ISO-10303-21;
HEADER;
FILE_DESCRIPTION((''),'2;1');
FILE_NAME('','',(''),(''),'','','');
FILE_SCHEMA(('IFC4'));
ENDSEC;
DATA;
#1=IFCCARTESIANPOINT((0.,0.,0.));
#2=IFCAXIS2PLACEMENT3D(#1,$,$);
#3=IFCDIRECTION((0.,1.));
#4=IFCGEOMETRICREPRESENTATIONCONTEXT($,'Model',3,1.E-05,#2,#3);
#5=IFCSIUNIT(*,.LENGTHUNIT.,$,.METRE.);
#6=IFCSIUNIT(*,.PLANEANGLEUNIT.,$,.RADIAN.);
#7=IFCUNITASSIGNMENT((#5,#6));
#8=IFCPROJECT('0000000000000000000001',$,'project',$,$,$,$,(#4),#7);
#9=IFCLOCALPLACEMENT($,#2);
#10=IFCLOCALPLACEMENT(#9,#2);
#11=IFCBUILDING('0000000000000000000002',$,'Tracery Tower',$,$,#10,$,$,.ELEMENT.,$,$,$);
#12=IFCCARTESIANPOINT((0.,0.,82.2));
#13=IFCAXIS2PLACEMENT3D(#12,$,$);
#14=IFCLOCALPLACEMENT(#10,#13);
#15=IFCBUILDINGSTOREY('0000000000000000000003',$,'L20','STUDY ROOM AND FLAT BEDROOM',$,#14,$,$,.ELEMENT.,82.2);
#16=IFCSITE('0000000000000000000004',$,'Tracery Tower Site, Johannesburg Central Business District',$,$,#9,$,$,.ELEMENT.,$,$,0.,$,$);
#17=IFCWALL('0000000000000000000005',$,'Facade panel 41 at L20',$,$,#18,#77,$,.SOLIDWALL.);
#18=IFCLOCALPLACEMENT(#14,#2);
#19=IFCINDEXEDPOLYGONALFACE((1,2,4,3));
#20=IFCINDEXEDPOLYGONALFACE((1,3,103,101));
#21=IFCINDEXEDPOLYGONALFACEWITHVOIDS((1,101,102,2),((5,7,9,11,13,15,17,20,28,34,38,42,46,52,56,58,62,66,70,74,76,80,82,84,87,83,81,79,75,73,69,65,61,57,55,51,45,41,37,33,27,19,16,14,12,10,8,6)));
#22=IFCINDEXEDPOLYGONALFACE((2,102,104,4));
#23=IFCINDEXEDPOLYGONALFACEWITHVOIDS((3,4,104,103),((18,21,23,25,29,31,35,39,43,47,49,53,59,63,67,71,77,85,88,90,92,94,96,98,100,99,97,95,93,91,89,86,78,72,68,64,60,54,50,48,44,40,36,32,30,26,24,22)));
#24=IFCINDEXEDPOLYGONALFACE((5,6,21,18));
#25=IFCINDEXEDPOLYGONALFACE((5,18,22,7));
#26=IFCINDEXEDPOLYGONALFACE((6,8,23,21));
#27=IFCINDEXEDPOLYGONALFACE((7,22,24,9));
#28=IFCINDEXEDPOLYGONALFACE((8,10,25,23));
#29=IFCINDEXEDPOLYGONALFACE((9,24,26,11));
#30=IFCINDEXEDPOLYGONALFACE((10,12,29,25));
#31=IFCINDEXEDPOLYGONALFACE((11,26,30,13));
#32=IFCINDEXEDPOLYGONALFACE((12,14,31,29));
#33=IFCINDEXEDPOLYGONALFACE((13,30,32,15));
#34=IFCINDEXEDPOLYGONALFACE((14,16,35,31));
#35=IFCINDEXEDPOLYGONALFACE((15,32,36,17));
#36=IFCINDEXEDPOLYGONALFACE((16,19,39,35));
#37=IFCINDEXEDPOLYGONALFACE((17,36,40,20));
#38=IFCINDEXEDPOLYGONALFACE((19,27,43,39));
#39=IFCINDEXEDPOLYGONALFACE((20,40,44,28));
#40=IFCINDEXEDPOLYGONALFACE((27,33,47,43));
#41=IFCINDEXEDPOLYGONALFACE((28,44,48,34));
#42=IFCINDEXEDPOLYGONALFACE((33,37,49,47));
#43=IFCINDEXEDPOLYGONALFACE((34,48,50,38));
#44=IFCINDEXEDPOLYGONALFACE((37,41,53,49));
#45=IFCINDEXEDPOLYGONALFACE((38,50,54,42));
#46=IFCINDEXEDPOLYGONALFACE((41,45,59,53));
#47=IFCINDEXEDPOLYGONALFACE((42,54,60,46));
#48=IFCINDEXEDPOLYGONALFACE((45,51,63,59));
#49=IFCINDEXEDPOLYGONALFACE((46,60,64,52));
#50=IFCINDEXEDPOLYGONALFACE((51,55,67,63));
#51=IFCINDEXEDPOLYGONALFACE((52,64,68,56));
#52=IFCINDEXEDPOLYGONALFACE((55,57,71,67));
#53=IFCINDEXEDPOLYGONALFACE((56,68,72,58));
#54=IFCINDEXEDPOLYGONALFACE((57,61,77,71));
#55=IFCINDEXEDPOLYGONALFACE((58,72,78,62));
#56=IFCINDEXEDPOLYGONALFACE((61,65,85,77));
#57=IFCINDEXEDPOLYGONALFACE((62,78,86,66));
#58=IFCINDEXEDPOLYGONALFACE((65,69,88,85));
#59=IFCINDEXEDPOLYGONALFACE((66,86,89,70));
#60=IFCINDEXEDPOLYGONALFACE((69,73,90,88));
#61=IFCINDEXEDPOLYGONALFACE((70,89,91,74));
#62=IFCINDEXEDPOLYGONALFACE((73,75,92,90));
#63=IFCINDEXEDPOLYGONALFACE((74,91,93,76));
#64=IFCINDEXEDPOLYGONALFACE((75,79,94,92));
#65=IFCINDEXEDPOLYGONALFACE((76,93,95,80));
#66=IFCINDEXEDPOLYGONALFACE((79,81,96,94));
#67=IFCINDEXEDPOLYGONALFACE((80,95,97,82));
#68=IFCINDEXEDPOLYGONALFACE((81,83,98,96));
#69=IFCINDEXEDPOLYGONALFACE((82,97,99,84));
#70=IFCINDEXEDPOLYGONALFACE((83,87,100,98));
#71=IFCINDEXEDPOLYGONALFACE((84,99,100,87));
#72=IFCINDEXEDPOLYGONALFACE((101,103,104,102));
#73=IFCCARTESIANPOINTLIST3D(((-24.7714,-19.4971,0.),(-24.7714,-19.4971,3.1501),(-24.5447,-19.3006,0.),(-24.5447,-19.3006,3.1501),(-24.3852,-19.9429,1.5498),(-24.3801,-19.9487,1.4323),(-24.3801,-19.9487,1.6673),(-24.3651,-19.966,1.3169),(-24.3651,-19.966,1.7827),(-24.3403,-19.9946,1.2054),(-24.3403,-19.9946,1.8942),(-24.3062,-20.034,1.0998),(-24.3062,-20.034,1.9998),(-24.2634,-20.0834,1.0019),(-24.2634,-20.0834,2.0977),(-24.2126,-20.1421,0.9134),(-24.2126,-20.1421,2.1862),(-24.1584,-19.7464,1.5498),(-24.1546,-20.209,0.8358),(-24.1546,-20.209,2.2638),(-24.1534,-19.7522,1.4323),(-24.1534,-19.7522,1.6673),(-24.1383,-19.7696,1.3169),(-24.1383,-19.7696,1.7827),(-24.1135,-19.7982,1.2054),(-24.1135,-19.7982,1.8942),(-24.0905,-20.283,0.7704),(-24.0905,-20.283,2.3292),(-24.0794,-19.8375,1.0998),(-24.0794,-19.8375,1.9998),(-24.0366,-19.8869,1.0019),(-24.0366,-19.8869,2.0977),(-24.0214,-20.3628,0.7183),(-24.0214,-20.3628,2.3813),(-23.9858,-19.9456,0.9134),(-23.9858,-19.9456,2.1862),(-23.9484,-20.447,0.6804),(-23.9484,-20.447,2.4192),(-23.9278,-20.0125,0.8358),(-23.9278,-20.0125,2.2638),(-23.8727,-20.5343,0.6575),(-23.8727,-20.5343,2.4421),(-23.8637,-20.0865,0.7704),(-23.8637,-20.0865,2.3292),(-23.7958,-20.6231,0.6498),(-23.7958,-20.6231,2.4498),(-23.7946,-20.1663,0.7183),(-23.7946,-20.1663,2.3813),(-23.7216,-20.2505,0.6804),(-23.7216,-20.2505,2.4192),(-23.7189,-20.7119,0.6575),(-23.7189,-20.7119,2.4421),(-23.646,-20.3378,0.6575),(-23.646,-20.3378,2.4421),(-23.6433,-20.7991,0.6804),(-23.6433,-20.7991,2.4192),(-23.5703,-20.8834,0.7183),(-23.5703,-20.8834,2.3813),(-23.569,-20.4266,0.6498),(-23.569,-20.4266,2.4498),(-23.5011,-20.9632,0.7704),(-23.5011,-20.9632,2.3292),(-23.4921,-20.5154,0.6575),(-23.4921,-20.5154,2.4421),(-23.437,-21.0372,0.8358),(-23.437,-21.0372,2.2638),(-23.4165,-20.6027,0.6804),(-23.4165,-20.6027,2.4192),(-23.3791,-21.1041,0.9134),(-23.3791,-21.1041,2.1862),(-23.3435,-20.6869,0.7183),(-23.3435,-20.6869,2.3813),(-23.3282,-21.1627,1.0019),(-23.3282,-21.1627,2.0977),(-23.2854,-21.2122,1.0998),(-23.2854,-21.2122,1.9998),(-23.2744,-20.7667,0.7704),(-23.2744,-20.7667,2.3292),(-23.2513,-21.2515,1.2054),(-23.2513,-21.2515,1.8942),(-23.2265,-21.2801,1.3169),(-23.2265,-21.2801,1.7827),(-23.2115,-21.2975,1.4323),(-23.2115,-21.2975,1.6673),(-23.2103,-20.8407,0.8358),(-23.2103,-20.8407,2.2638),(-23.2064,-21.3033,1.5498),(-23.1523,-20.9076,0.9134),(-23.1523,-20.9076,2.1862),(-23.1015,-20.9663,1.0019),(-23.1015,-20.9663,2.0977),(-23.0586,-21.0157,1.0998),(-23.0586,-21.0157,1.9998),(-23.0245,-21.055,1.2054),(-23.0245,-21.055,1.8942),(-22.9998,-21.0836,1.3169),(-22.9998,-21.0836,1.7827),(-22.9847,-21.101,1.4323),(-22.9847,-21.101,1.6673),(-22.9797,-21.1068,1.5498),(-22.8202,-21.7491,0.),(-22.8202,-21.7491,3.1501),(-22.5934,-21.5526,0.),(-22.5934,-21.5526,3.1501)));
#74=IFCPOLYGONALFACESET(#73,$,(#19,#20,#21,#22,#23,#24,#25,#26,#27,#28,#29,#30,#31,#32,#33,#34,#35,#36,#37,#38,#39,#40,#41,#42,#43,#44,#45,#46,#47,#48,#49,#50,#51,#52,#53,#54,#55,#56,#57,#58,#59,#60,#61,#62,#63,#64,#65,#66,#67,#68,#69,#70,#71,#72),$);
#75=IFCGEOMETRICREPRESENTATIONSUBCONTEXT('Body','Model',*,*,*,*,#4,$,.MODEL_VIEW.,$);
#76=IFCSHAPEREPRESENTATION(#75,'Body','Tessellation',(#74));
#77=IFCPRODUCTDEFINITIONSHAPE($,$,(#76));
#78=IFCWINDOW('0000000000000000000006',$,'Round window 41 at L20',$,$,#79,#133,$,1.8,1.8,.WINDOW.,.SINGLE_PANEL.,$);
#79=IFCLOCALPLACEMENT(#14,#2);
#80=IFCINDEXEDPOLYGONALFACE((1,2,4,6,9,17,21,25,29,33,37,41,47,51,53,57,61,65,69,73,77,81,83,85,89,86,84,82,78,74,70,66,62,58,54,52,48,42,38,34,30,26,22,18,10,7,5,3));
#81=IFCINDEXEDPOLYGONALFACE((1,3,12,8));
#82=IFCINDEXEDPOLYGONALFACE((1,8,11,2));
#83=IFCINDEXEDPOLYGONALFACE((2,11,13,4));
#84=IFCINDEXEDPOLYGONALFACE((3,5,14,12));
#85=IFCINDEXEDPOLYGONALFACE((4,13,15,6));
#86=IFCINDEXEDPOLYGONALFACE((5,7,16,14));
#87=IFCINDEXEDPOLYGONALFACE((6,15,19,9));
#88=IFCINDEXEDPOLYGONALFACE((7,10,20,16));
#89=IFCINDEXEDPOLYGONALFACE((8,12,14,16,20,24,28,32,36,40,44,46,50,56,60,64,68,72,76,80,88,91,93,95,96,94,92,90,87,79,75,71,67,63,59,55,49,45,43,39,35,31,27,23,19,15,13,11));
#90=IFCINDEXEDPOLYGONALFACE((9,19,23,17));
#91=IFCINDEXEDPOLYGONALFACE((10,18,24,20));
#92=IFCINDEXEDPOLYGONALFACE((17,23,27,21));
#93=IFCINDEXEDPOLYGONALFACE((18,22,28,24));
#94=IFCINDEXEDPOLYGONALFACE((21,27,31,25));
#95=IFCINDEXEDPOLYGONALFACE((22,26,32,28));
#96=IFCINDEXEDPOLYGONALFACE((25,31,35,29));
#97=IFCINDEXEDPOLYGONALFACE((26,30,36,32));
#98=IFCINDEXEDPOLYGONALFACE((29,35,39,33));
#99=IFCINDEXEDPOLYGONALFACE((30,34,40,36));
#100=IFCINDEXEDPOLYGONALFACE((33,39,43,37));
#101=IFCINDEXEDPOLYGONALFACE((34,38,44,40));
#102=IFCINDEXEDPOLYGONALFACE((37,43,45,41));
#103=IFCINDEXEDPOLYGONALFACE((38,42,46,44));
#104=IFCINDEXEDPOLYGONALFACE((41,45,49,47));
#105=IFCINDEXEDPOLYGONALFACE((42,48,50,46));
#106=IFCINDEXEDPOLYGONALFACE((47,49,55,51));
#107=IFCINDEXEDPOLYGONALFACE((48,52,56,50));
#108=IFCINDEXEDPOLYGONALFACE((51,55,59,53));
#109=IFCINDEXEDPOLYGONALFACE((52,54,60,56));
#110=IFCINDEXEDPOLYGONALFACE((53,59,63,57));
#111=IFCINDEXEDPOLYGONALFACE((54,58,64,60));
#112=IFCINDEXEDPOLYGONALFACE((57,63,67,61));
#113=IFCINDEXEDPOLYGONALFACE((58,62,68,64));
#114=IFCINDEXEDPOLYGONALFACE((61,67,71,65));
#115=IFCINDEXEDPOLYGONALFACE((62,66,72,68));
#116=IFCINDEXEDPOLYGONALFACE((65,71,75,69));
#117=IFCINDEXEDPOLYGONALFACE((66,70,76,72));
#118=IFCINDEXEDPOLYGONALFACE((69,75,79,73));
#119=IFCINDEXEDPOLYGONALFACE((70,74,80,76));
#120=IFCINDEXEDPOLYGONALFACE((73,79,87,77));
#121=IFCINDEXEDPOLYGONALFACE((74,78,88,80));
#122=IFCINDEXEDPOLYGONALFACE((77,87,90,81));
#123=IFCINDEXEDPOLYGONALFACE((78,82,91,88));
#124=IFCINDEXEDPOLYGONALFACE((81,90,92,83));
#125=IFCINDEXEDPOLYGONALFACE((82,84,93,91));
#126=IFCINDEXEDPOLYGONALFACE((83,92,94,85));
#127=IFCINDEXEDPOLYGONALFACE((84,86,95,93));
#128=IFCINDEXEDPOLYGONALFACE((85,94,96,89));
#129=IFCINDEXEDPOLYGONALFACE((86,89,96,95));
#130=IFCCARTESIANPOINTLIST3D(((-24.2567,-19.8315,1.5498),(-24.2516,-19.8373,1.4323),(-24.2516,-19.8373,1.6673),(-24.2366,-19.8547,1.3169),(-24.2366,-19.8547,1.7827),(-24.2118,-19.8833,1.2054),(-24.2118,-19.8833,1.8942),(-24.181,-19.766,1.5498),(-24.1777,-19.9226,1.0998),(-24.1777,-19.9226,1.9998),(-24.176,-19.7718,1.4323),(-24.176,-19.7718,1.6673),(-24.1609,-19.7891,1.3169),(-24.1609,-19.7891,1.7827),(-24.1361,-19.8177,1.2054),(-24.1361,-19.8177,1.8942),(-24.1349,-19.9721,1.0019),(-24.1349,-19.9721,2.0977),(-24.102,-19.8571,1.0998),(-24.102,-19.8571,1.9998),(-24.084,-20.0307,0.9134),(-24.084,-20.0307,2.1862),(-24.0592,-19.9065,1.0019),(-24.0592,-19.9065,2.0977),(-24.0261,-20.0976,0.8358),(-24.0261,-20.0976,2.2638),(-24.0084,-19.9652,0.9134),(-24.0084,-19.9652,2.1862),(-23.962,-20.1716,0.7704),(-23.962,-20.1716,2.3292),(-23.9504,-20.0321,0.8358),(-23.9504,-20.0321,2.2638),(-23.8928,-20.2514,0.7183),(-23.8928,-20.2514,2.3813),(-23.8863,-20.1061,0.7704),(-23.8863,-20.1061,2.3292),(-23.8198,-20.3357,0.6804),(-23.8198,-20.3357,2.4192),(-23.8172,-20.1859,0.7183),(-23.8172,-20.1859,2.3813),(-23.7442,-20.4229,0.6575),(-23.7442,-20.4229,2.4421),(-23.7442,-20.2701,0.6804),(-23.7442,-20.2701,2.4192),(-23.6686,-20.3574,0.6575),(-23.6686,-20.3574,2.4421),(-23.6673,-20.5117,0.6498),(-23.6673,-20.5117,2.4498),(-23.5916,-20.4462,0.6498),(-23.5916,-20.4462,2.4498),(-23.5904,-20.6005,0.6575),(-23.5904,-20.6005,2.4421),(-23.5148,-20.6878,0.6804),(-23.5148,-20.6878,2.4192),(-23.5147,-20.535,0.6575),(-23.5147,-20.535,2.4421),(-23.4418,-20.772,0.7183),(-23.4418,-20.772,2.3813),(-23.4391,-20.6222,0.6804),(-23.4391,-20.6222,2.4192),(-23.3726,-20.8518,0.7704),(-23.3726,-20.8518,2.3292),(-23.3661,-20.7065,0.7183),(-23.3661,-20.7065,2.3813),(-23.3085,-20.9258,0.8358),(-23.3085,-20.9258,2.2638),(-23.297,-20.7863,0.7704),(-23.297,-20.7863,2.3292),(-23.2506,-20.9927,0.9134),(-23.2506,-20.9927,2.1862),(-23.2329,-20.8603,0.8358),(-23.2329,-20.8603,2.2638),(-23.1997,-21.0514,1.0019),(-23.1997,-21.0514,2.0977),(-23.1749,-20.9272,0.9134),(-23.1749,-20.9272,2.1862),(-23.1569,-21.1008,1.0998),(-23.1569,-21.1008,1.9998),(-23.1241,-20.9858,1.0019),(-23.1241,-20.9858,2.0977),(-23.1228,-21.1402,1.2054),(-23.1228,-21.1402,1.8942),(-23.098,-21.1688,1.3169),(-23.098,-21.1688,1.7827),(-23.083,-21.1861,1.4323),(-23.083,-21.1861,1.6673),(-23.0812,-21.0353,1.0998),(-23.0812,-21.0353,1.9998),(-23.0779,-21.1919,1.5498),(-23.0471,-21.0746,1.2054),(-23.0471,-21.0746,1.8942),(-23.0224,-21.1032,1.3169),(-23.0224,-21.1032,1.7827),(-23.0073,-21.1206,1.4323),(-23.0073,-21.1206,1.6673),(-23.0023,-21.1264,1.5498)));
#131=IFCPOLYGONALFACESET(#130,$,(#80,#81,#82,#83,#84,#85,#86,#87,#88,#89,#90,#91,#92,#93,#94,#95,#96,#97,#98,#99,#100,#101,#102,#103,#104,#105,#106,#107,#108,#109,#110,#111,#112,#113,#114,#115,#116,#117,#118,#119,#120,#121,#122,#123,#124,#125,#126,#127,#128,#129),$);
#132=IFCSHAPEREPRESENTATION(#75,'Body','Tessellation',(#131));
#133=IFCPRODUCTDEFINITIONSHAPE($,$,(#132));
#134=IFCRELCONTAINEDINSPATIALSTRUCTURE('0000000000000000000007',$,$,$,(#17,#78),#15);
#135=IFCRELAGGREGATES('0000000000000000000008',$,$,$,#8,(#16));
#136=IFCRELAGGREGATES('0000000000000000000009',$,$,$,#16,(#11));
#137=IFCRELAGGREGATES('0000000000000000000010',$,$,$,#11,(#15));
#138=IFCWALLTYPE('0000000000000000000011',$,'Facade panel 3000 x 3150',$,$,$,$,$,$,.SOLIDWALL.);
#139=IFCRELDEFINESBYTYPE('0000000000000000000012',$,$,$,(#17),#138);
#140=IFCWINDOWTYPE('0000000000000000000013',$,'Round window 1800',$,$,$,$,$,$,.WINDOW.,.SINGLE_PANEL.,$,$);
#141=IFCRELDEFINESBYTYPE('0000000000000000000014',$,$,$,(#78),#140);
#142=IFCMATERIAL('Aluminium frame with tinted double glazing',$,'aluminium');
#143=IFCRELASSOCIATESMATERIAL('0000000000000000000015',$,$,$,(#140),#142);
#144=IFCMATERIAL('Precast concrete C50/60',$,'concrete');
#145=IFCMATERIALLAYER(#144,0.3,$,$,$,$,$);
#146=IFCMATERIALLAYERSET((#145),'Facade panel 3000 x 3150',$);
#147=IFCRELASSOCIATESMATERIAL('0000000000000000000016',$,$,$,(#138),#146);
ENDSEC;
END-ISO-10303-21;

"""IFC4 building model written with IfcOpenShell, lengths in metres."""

from ifc_helpers import new_model, si_unit, direction, frame, frame_2d, origin, origin_2d, place, context, subcontext, project, spatial, rectangle, circle, extrude, material, layer, layer_set, type_object, element, fill, save


model = new_model("IFC4")

# Units and contexts
model_context = context("Model", 3, precision=1e-05, world=origin(), true_north=direction((0.0, 1.0)))
body_context = subcontext(model_context, "Body", "Model", "MODEL_VIEW")
ifc_project = project(units=[si_unit("LENGTHUNIT", "METRE"), si_unit("PLANEANGLEUNIT", "RADIAN")], contexts=[model_context])

# Site, building, storey
site_placement = place(None, origin())
site = spatial("IfcSite", under=ifc_project, at=site_placement, Name="Tracery Tower Site, Johannesburg Central Business District", CompositionType="ELEMENT", RefElevation=0.0)
building_placement = place(site_placement, origin())
building = spatial("IfcBuilding", under=site, at=building_placement, Name="Tracery Tower", CompositionType="ELEMENT")
storey_placement = place(building_placement, frame((0.0, 0.0, 82.2)))
storey = spatial("IfcBuildingStorey", under=building, at=storey_placement, Name="L20", Description="STUDY ROOM AND FLAT BEDROOM", CompositionType="ELEMENT", Elevation=82.2)

# Wall, opening, window
ifc_material_1 = material(Name="Aluminium frame with tinted double glazing", Category="aluminium")
window_type = type_object("IfcWindowType", Name="Round window 1800", PartitioningType="SINGLE_PANEL", PredefinedType="WINDOW", material=ifc_material_1)
ifc_material_2 = material(Name="Precast concrete C50/60", Category="concrete")
ifc_layer_1 = layer(ifc_material_2, 0.3)
ifc_layer_set_1 = layer_set([ifc_layer_1], Name="Facade panel 3000 x 3150")
wall_type_1 = type_object("IfcWallType", Name="Facade panel 3000 x 3150", PredefinedType="SOLIDWALL", material=ifc_layer_set_1)
wall_1_placement = place(storey_placement, frame((-24.658, -19.3989, 0.0), z_axis=(0.0, 0.0, 1.0), x_axis=(0.654831, -0.755776, 0.0)))
wall_1 = element("IfcWall", 1, at=wall_1_placement, inside=storey, type_object=wall_type_1, Name="Facade panel 41 at L20", PredefinedType="SOLIDWALL", context=body_context, shape_type="SweptSolid", body=[
    extrude(rectangle(XDim=2.9797, YDim=0.3, at=frame_2d((1.4897, 0.0))), origin(), (0.0, 0.0, 1.0), 3.1501),
])
opening_1_placement = place(wall_1_placement, frame((1.4897, 0.0, 1.5498)))
opening_1 = element("IfcOpeningElement", 2, at=opening_1_placement, cuts=wall_1, PredefinedType="OPENING", context=body_context, shape_type="SweptSolid", body=[
    extrude(circle(Radius=0.9, at=origin_2d()), frame((0.0, 0.1599, 0.0), z_axis=(0.0, -1.0, 0.0), x_axis=(1.0, 0.0, 0.0)), (0.0, 0.0, 1.0), 0.3201),
])
window_1_placement = place(opening_1_placement, origin())
window_1 = element("IfcWindow", 3, at=window_1_placement, inside=storey, type_object=window_type, Name="Round window 41 at L20", OverallHeight=1.8, OverallWidth=1.8, PartitioningType="SINGLE_PANEL", PredefinedType="WINDOW", context=body_context, shape_type="SweptSolid", body=[
    extrude(circle(Radius=0.9, at=origin_2d()), frame((0.0, 0.1201, 0.0), z_axis=(0.0, -1.0, 0.0), x_axis=(1.0, 0.0, 0.0)), (0.0, 0.0, 1.0), 0.1001),
])
fill(opening_1, window_1)

save(model, "model.ifc")
